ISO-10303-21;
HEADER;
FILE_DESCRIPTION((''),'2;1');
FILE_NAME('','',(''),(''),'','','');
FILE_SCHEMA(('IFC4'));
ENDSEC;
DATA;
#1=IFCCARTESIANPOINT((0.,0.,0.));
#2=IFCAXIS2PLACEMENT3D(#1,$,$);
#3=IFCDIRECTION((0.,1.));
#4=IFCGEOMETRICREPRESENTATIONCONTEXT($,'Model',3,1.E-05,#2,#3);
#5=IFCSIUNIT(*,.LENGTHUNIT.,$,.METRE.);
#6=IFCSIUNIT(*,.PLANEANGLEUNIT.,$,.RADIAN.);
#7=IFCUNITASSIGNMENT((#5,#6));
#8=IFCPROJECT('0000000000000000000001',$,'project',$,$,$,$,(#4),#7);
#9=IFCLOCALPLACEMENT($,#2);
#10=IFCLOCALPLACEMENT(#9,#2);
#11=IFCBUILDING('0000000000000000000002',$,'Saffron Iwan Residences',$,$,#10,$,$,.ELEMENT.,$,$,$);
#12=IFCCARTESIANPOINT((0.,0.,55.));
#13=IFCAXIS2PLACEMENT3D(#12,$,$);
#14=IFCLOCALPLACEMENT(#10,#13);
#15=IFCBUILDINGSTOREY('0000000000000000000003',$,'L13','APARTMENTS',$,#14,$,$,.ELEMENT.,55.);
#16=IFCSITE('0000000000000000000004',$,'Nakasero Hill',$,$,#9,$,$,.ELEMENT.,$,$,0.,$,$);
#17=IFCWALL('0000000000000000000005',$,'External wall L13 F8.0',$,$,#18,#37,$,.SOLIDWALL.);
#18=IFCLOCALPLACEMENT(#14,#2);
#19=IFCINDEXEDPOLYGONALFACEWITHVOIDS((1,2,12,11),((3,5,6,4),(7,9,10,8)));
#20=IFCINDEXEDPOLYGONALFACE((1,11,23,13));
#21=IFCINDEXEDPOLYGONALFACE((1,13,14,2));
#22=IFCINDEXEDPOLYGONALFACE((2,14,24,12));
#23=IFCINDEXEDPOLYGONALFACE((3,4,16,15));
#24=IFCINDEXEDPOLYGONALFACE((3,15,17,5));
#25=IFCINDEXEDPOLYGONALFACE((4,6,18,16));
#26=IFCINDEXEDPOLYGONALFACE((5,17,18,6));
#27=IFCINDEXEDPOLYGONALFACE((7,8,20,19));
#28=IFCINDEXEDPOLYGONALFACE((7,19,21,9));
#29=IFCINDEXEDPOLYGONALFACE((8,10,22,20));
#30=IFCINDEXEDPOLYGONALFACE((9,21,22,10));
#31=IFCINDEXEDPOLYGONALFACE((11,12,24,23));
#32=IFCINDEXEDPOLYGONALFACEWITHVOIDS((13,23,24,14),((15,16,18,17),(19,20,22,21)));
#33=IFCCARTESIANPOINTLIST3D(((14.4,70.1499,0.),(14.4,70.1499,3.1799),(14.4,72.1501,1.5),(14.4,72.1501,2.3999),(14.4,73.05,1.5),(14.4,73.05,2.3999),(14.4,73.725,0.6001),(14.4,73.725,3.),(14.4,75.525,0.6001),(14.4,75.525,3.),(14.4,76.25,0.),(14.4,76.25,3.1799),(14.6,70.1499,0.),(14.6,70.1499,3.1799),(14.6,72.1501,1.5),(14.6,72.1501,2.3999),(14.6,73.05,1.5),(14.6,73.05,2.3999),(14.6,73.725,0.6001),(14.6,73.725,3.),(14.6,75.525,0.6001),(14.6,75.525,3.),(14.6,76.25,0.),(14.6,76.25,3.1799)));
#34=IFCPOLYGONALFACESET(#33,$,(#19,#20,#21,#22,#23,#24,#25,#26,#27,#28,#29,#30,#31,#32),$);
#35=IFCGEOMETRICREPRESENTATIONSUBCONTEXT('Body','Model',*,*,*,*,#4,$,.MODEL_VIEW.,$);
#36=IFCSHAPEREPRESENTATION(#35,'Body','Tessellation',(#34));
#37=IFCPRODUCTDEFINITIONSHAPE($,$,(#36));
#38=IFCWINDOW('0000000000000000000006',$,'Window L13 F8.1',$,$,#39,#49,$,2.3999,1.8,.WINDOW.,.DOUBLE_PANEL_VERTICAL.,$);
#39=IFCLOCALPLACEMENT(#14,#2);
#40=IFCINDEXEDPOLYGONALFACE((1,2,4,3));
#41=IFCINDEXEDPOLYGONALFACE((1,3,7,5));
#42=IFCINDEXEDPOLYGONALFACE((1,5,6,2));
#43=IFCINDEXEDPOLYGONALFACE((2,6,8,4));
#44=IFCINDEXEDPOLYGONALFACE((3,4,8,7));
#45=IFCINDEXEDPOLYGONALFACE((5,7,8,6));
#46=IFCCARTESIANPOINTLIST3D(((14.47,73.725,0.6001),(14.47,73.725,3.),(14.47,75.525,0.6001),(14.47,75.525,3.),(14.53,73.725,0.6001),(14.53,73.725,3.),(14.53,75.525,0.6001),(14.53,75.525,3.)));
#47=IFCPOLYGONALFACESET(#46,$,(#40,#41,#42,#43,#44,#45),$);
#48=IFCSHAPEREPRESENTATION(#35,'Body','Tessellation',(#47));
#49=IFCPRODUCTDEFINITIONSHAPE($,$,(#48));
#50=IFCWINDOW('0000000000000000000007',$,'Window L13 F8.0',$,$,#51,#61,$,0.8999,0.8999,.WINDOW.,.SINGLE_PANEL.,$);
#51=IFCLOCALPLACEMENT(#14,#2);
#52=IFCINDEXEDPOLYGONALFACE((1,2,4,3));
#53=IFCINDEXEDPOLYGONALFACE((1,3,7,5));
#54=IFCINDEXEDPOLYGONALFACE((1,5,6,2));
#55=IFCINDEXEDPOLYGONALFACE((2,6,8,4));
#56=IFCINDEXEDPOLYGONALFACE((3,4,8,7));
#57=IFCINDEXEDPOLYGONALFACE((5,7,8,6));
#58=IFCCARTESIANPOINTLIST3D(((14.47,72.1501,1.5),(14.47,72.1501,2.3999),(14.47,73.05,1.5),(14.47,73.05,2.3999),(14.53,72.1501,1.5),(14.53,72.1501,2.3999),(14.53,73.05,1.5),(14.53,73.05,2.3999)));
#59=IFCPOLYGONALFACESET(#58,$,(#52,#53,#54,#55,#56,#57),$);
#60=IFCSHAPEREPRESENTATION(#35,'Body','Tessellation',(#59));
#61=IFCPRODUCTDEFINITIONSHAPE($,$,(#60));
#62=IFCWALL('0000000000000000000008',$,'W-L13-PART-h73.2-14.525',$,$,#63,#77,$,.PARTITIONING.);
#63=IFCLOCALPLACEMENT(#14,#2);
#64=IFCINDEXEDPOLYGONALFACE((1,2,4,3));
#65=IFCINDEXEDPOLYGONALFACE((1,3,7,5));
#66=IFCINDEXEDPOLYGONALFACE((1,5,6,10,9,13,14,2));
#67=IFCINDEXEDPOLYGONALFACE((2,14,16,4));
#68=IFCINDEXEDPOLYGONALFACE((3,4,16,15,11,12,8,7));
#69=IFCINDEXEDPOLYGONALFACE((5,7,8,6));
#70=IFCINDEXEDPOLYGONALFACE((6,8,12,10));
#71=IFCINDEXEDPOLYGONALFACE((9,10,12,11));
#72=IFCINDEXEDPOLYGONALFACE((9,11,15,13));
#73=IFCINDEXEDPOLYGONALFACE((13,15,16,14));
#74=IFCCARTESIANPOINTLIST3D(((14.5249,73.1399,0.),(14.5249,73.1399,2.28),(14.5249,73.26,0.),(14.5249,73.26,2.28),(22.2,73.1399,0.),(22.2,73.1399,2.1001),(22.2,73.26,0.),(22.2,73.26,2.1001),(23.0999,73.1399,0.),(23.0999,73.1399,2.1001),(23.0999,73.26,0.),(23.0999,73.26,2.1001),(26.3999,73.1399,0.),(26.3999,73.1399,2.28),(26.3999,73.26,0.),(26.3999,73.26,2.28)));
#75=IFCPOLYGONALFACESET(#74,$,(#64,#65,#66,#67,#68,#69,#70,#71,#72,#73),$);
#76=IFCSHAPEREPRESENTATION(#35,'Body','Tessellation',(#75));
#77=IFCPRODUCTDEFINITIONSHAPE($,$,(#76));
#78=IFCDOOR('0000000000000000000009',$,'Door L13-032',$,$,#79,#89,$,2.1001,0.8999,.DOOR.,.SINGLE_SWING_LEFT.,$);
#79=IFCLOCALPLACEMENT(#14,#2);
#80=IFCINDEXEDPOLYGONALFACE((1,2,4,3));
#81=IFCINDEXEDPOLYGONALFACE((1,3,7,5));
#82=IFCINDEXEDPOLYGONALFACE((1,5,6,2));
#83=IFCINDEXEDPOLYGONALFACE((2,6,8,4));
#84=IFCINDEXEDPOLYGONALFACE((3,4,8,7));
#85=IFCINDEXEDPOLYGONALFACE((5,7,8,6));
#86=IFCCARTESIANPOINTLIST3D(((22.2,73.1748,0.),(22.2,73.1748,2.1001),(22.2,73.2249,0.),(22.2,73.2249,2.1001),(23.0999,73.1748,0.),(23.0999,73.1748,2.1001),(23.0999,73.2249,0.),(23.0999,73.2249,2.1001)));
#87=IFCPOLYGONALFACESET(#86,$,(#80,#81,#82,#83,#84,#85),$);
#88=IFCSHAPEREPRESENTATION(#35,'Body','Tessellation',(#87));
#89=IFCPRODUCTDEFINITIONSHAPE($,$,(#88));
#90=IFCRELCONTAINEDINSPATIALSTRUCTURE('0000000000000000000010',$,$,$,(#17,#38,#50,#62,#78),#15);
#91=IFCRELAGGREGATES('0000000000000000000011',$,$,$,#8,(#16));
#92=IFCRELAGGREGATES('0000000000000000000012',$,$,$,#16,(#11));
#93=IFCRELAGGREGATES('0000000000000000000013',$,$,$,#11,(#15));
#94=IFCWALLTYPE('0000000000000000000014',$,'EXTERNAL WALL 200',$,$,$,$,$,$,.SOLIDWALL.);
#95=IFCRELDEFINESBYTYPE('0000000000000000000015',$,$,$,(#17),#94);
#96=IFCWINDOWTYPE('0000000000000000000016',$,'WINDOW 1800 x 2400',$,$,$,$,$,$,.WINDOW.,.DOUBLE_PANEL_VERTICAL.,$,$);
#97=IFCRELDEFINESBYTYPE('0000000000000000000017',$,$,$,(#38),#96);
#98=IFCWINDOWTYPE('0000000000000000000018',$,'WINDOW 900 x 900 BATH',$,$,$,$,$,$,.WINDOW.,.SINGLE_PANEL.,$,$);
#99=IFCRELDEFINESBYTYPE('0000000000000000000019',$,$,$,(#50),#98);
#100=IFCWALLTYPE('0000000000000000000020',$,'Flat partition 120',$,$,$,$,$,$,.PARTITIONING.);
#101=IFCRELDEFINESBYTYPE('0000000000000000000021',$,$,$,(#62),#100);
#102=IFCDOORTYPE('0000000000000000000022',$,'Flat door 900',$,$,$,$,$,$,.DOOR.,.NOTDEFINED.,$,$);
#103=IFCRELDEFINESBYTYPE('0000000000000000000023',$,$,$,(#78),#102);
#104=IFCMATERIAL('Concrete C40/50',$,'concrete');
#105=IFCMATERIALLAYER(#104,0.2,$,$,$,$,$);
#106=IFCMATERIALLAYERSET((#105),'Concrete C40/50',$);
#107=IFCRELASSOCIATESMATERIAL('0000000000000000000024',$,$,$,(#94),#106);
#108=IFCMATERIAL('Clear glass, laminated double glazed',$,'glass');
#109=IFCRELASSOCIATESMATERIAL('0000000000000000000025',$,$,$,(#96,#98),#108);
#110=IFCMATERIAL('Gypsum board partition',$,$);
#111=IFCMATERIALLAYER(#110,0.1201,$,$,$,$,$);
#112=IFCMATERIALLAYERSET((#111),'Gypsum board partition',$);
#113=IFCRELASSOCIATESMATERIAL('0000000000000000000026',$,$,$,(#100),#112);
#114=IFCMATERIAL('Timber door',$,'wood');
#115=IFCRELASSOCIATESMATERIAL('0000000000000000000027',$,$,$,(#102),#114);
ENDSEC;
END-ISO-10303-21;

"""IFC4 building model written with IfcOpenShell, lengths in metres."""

from ifc_helpers import new_model, si_unit, direction, frame, frame_2d, origin, place, context, subcontext, project, spatial, rectangle, extrude, material, layer, layer_set, type_object, element, fill, save


model = new_model("IFC4")

# Units and contexts
model_context = context("Model", 3, precision=1e-05, world=origin(), true_north=direction((0.0, 1.0)))
body_context = subcontext(model_context, "Body", "Model", "MODEL_VIEW")
ifc_project = project(units=[si_unit("LENGTHUNIT", "METRE"), si_unit("PLANEANGLEUNIT", "RADIAN")], contexts=[model_context])

# Site, building, storey
site_placement = place(None, origin())
site = spatial("IfcSite", under=ifc_project, at=site_placement, Name="Nakasero Hill", CompositionType="ELEMENT", RefElevation=0.0)
building_placement = place(site_placement, origin())
building = spatial("IfcBuilding", under=site, at=building_placement, Name="Saffron Iwan Residences", CompositionType="ELEMENT")
storey_placement = place(building_placement, frame((0.0, 0.0, 55.0)))
storey = spatial("IfcBuildingStorey", under=building, at=storey_placement, Name="L13", Description="APARTMENTS", CompositionType="ELEMENT", Elevation=55.0)

# Shared definitions
ifc_material_1 = material(Name="Concrete C40/50", Category="concrete")
ifc_layer_1 = layer(ifc_material_1, 0.2)
ifc_layer_set_1 = layer_set([ifc_layer_1], Name="Concrete C40/50")
wall_type_1 = type_object("IfcWallType", Name="EXTERNAL WALL 200", PredefinedType="SOLIDWALL", material=ifc_layer_set_1)
ifc_material_2 = material(Name="Clear glass, laminated double glazed", Category="glass")
window_type_1 = type_object("IfcWindowType", Name="WINDOW 1800 x 2400", PartitioningType="DOUBLE_PANEL_VERTICAL", PredefinedType="WINDOW", material=ifc_material_2)

# Wall, openings, windows
wall_1_placement = place(storey_placement, frame((14.5, 76.25, 0.0), z_axis=(0.0, 0.0, 1.0), x_axis=(0.0, -1.0, 0.0)))
wall_1 = element("IfcWall", 1, at=wall_1_placement, inside=storey, type_object=wall_type_1, Name="External wall L13 F8.0", PredefinedType="SOLIDWALL", context=body_context, shape_type="SweptSolid", body=[
    extrude(rectangle(XDim=6.1001, YDim=0.2, at=frame_2d((3.05, 0.0))), origin(), (0.0, 0.0, 1.0), 3.1799),
])
opening_1_placement = place(wall_1_placement, frame((3.2, 0.0, 1.5)))
opening_1 = element("IfcOpeningElement", 2, at=opening_1_placement, cuts=wall_1, PredefinedType="OPENING", context=body_context, shape_type="SweptSolid", body=[
    extrude(rectangle(XDim=0.8999, YDim=0.8999, at=frame_2d((0.45, 0.45))), frame((0.0, 0.1099, 0.0), z_axis=(0.0, -1.0, 0.0), x_axis=(1.0, 0.0, 0.0)), (0.0, 0.0, 1.0), 0.22),
])
opening_2_placement = place(wall_1_placement, frame((0.7251, 0.0, 0.6001)))
opening_2 = element("IfcOpeningElement", 3, at=opening_2_placement, cuts=wall_1, PredefinedType="OPENING", context=body_context, shape_type="SweptSolid", body=[
    extrude(rectangle(XDim=1.8, YDim=2.3999, at=frame_2d((0.8999, 1.2))), frame((0.0, 0.1099, 0.0), z_axis=(0.0, -1.0, 0.0), x_axis=(1.0, 0.0, 0.0)), (0.0, 0.0, 1.0), 0.22),
])
window_1_placement = place(opening_2_placement, origin())
window_1 = element("IfcWindow", 4, at=window_1_placement, inside=storey, type_object=window_type_1, Name="Window L13 F8.1", OverallHeight=2.3999, OverallWidth=1.8, PartitioningType="DOUBLE_PANEL_VERTICAL", PredefinedType="WINDOW", context=body_context, shape_type="SweptSolid", body=[
    extrude(rectangle(XDim=1.8, YDim=2.3999, at=frame_2d((0.8999, 1.2))), frame((0.0, 0.03, 0.0), z_axis=(0.0, -1.0, 0.0), x_axis=(1.0, 0.0, 0.0)), (0.0, 0.0, 1.0), 0.0601),
])
fill(opening_2, window_1)
window_type_2 = type_object("IfcWindowType", Name="WINDOW 900 x 900 BATH", PartitioningType="SINGLE_PANEL", PredefinedType="WINDOW", material=ifc_material_2)
window_2_placement = place(opening_1_placement, origin())
window_2 = element("IfcWindow", 5, at=window_2_placement, inside=storey, type_object=window_type_2, Name="Window L13 F8.0", OverallHeight=0.8999, OverallWidth=0.8999, PartitioningType="SINGLE_PANEL", PredefinedType="WINDOW", context=body_context, shape_type="SweptSolid", body=[
    extrude(rectangle(XDim=0.8999, YDim=0.8999, at=frame_2d((0.45, 0.45))), frame((0.0, 0.03, 0.0), z_axis=(0.0, -1.0, 0.0), x_axis=(1.0, 0.0, 0.0)), (0.0, 0.0, 1.0), 0.0601),
])
fill(opening_1, window_2)

# Wall, opening, door
ifc_material_3 = material(Name="Gypsum board partition")
ifc_layer_2 = layer(ifc_material_3, 0.1201)
ifc_layer_set_2 = layer_set([ifc_layer_2], Name="Gypsum board partition")
wall_type_2 = type_object("IfcWallType", Name="Flat partition 120", PredefinedType="PARTITIONING", material=ifc_layer_set_2)
wall_2_placement = place(storey_placement, frame((14.5249, 73.2, 0.0), z_axis=(0.0, 0.0, 1.0), x_axis=(1.0, 0.0, 0.0)))
wall_2 = element("IfcWall", 6, at=wall_2_placement, inside=storey, type_object=wall_type_2, Name="W-L13-PART-h73.2-14.525", PredefinedType="PARTITIONING", context=body_context, shape_type="SweptSolid", body=[
    extrude(rectangle(XDim=11.875, YDim=0.1201, at=frame_2d((5.9375, 0.0))), origin(), (0.0, 0.0, 1.0), 2.28),
])
opening_3_placement = place(wall_2_placement, frame((7.675, 0.0, 0.0)))
opening_3 = element("IfcOpeningElement", 7, at=opening_3_placement, cuts=wall_2, PredefinedType="OPENING", context=body_context, shape_type="SweptSolid", body=[
    extrude(rectangle(XDim=0.8999, YDim=2.1001, at=frame_2d((0.45, 1.05))), frame((0.0, 0.0701, 0.0), z_axis=(0.0, -1.0, 0.0), x_axis=(1.0, 0.0, 0.0)), (0.0, 0.0, 1.0), 0.1401),
])
ifc_material_4 = material(Name="Timber door", Category="wood")
door_type = type_object("IfcDoorType", Name="Flat door 900", OperationType="NOTDEFINED", PredefinedType="DOOR", material=ifc_material_4)
door_placement = place(opening_3_placement, origin())
door = element("IfcDoor", 8, at=door_placement, inside=storey, type_object=door_type, Name="Door L13-032", OperationType="SINGLE_SWING_LEFT", OverallHeight=2.1001, OverallWidth=0.8999, PredefinedType="DOOR", context=body_context, shape_type="SweptSolid", body=[
    extrude(rectangle(XDim=0.8999, YDim=2.1001, at=frame_2d((0.45, 1.05))), frame((0.0, 0.0249, 0.0), z_axis=(0.0, -1.0, 0.0), x_axis=(1.0, 0.0, 0.0)), (0.0, 0.0, 1.0), 0.05),
])
fill(opening_3, door)

save(model, "model.ifc")
